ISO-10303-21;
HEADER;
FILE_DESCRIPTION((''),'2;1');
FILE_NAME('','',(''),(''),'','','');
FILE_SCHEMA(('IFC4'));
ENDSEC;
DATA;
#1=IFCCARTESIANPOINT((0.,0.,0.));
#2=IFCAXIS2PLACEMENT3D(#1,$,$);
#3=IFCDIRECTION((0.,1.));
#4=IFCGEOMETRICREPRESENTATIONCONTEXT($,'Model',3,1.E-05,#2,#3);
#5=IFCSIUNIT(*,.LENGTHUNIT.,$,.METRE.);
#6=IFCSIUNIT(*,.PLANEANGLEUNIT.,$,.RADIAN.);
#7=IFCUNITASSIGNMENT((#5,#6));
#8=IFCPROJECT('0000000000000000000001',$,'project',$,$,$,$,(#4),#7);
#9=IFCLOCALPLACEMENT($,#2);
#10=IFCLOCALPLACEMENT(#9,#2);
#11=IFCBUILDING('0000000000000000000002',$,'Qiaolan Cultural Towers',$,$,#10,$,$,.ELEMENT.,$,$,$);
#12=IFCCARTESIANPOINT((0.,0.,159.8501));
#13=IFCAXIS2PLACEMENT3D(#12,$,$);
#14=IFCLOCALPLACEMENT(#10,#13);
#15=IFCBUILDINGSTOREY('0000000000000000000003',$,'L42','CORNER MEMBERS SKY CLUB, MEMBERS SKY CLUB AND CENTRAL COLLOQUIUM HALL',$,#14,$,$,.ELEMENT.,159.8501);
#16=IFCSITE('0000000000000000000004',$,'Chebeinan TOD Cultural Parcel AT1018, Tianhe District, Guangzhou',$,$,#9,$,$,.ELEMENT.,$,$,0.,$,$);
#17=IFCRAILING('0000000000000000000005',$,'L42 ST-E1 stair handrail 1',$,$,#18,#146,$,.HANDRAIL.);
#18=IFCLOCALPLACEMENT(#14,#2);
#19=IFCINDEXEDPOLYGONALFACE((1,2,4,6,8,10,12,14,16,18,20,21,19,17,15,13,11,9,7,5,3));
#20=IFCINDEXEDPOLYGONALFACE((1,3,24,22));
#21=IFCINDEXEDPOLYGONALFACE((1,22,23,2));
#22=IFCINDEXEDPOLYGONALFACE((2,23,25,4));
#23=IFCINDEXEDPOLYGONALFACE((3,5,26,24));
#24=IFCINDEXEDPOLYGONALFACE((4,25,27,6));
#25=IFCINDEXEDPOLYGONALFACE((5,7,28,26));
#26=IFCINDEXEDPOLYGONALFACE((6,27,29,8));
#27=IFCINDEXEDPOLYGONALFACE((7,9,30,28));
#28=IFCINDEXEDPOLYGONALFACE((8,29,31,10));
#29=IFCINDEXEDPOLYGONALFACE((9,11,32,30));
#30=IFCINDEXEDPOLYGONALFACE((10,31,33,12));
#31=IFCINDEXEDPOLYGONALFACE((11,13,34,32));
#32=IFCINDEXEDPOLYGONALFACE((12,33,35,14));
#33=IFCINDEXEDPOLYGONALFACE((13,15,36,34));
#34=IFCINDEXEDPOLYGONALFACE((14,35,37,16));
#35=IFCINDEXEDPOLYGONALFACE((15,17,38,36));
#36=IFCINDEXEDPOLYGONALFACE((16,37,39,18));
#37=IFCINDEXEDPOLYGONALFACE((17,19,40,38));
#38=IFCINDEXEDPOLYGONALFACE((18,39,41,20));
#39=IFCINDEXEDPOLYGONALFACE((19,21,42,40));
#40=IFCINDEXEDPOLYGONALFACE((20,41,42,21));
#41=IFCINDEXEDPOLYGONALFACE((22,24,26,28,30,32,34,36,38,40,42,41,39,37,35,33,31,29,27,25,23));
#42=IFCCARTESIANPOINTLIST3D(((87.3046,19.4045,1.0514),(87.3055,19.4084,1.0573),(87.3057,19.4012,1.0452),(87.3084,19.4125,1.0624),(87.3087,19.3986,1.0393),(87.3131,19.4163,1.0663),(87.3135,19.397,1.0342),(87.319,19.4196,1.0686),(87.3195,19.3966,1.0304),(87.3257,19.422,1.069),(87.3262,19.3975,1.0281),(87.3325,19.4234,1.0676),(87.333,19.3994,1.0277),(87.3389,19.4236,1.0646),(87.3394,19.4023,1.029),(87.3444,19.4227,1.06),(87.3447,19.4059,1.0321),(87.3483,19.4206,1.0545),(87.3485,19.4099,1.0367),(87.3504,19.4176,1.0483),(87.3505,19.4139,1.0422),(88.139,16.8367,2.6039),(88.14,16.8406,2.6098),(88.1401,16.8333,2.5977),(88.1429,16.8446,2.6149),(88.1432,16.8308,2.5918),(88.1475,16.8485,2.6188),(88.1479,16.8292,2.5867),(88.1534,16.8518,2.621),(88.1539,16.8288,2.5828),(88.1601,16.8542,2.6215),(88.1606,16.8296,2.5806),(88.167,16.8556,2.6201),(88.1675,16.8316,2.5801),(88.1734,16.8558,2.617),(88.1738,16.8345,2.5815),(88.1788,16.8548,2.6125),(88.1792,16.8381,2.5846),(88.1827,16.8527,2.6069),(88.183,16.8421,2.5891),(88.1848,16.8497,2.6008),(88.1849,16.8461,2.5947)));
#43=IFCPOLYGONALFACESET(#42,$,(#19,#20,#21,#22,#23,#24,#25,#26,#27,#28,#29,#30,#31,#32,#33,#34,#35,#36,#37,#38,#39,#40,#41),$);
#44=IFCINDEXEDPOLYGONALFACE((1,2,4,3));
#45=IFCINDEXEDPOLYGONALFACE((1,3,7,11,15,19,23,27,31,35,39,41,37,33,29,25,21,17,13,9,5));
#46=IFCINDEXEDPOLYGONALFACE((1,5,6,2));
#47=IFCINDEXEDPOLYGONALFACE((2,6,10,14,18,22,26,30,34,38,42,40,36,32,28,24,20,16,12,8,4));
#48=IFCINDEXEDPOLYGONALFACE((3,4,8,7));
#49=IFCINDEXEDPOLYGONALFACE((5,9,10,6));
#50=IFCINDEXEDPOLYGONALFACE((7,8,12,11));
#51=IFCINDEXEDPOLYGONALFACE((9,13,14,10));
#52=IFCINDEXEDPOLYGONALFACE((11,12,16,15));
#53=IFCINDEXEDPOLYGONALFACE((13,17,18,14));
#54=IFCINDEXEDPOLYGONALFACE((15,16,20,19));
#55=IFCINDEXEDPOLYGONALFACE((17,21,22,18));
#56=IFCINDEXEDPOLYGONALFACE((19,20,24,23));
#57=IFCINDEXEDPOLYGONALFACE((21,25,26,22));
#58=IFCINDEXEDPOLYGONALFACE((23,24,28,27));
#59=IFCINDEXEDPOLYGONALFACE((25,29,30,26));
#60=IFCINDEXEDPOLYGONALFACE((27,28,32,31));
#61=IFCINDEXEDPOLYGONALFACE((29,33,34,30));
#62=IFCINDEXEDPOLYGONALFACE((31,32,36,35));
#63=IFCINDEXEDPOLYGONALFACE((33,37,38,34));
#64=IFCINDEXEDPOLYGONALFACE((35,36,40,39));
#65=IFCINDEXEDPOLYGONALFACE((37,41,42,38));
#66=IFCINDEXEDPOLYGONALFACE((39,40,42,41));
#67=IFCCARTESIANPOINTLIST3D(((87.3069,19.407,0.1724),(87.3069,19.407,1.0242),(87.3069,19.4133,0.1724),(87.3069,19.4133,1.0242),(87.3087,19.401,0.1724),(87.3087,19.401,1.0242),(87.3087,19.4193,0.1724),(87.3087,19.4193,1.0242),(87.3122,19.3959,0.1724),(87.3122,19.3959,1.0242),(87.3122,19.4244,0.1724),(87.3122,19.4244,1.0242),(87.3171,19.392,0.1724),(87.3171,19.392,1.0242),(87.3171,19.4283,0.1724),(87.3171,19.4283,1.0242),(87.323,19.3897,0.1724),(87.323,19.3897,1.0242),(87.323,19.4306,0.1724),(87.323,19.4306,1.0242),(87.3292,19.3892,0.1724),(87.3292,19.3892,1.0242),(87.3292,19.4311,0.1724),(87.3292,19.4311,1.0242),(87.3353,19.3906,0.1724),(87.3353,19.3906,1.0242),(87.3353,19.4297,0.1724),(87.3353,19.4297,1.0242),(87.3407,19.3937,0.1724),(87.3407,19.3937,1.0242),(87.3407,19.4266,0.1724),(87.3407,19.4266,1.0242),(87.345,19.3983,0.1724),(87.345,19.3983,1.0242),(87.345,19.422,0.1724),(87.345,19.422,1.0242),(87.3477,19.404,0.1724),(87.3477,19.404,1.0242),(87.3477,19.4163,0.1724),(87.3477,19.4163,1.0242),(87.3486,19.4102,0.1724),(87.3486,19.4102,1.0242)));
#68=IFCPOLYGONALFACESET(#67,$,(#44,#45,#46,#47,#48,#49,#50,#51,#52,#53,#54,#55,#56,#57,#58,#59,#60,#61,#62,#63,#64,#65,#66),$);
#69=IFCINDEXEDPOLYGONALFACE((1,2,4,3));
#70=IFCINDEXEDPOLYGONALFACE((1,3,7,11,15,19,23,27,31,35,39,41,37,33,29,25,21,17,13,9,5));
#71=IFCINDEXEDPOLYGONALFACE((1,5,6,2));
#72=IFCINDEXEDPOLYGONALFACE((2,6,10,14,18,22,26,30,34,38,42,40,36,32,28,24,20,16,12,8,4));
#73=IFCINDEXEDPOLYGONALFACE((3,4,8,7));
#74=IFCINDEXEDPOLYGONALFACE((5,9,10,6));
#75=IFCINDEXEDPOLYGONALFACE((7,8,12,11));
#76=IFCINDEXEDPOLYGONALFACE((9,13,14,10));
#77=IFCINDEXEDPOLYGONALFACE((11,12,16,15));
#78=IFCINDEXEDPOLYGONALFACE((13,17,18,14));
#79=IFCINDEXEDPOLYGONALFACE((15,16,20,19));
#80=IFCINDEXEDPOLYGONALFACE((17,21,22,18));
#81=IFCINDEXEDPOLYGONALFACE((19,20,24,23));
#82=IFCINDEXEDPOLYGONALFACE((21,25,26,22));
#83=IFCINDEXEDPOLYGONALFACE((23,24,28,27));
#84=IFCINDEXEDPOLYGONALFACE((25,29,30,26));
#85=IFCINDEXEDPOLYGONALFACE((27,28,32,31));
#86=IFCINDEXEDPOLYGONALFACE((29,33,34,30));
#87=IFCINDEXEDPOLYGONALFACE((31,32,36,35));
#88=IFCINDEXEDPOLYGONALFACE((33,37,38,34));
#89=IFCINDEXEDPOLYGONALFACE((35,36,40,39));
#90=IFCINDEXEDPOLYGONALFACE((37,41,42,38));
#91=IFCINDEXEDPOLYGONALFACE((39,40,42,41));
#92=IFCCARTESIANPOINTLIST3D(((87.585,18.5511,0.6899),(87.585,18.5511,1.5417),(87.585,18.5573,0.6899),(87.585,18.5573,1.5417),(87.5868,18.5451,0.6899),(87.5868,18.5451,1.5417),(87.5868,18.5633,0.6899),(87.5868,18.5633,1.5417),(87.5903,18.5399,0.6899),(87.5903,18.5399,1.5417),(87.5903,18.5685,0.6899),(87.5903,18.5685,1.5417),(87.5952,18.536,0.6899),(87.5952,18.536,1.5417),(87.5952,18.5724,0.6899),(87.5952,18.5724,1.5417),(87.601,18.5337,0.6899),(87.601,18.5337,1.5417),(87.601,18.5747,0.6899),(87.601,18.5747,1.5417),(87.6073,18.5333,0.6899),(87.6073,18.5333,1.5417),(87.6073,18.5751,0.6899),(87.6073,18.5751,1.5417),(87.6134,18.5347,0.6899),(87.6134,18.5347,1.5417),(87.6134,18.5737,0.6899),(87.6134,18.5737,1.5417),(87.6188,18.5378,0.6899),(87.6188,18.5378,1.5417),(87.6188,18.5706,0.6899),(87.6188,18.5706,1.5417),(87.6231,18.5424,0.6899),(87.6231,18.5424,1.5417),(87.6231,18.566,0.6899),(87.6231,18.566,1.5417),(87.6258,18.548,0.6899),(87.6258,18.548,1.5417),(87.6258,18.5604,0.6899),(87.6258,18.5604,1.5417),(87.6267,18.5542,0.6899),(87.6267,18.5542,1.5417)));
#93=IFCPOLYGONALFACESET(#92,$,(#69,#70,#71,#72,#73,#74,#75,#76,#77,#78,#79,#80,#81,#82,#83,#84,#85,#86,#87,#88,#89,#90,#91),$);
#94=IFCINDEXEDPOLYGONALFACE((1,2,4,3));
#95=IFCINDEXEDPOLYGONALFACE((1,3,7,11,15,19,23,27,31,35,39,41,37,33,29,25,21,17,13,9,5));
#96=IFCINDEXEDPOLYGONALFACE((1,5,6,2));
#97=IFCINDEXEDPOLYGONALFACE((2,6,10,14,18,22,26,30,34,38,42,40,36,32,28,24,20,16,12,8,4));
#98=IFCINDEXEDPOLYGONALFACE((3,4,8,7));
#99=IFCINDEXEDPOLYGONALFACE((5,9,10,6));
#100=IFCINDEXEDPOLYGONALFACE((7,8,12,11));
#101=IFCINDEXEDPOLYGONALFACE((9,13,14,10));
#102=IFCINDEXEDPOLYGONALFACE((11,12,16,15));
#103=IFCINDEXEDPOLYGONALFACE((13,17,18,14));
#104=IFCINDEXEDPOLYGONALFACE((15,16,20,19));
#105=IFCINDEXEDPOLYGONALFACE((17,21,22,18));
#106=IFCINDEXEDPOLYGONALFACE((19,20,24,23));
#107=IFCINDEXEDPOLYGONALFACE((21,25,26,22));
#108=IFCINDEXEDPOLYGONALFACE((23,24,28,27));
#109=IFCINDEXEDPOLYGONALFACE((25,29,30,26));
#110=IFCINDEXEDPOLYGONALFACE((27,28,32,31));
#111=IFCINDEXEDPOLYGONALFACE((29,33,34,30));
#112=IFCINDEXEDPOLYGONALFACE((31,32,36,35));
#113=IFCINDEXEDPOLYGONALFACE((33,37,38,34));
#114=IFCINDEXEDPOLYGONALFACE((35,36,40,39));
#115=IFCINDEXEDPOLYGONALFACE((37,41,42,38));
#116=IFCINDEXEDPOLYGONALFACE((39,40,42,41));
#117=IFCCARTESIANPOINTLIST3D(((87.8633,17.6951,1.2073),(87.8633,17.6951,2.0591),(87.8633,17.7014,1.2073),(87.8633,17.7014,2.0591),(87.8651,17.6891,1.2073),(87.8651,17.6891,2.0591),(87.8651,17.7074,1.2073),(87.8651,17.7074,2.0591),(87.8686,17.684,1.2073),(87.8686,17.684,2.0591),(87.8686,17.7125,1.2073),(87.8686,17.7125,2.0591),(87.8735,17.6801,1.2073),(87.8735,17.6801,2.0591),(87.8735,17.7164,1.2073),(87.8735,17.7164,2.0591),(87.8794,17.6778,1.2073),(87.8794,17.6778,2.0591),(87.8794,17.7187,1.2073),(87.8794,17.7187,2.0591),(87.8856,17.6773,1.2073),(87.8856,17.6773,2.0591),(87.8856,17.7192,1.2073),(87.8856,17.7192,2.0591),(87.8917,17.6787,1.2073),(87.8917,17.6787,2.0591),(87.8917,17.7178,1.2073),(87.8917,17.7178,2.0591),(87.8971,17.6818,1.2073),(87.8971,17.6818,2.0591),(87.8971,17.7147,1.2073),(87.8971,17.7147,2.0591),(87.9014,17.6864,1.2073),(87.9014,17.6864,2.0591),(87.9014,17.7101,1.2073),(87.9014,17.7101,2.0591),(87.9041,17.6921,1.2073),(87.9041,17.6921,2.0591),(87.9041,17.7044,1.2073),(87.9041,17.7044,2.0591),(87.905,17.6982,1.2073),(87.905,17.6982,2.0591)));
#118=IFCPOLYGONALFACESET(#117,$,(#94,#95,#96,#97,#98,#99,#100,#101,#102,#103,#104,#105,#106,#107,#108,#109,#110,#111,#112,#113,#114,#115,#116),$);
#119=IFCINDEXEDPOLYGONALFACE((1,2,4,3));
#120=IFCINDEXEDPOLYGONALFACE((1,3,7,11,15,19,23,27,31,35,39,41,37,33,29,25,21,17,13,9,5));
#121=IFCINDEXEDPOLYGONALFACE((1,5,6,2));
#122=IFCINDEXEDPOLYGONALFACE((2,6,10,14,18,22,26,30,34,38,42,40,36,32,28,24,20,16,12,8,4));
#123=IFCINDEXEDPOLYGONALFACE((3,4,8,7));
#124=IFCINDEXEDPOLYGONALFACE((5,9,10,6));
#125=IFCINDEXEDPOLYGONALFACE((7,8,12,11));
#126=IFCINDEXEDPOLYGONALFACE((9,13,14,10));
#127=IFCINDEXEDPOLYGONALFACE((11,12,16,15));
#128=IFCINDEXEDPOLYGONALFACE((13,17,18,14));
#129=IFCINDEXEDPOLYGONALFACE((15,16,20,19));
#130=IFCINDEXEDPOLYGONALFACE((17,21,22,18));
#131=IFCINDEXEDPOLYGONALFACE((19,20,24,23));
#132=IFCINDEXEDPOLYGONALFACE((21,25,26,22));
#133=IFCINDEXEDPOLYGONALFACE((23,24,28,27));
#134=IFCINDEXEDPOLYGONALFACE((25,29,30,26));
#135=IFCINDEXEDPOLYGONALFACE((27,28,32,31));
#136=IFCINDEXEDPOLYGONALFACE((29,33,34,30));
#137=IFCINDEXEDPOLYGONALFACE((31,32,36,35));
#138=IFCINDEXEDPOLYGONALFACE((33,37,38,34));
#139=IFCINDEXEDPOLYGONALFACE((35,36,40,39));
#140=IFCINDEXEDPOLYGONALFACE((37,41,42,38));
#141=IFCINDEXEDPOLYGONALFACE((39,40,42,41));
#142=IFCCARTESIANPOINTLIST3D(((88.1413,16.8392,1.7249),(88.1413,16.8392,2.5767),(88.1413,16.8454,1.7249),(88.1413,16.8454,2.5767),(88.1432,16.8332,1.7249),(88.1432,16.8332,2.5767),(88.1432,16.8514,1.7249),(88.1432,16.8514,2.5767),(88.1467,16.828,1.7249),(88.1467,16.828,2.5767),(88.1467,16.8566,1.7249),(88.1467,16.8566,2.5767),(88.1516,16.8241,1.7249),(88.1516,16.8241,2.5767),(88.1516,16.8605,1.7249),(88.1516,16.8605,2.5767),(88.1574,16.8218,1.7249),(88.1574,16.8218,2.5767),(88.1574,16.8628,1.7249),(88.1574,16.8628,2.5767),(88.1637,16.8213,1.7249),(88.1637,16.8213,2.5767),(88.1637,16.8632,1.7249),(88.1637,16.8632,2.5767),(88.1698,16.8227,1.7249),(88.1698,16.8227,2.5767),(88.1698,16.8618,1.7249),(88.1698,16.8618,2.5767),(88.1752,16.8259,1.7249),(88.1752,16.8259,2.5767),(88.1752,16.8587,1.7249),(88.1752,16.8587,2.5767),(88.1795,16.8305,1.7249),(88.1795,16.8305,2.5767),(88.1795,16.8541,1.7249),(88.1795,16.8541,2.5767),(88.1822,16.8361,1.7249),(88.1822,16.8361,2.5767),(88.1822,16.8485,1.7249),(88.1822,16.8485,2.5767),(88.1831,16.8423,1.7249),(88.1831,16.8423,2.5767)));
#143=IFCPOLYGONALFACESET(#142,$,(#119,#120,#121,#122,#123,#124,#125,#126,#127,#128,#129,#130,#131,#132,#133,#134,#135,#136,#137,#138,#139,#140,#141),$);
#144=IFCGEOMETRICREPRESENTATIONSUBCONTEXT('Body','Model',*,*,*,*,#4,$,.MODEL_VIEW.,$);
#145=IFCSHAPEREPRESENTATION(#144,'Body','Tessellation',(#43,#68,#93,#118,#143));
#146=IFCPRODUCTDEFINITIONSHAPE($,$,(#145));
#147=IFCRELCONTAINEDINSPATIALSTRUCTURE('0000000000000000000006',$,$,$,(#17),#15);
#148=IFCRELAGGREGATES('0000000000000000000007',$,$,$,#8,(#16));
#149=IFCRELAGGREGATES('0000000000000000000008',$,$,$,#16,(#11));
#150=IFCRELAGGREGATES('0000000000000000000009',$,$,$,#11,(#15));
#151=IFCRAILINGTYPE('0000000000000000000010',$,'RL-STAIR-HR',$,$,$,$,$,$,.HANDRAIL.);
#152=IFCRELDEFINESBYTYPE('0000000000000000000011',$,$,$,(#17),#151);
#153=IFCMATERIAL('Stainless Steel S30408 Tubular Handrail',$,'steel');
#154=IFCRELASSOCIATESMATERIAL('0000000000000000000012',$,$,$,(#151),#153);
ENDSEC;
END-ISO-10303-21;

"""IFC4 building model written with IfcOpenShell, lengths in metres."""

from ifc_helpers import new_model, si_unit, direction, frame, origin, origin_2d, place, context, subcontext, project, spatial, circle, extrude, material, type_object, element, save


model = new_model("IFC4")

# Units and contexts
model_context = context("Model", 3, precision=1e-05, world=origin(), true_north=direction((0.0, 1.0)))
body_context = subcontext(model_context, "Body", "Model", "MODEL_VIEW")
ifc_project = project(units=[si_unit("LENGTHUNIT", "METRE"), si_unit("PLANEANGLEUNIT", "RADIAN")], contexts=[model_context])

# Site, building, storey
site_placement = place(None, origin())
site = spatial("IfcSite", under=ifc_project, at=site_placement, Name="Chebeinan TOD Cultural Parcel AT1018, Tianhe District, Guangzhou", CompositionType="ELEMENT", RefElevation=0.0)
building_placement = place(site_placement, origin())
building = spatial("IfcBuilding", under=site, at=building_placement, Name="Qiaolan Cultural Towers", CompositionType="ELEMENT")
storey_placement = place(building_placement, frame((0.0, 0.0, 159.8501)))
storey = spatial("IfcBuildingStorey", under=building, at=storey_placement, Name="L42", Description="CORNER MEMBERS SKY CLUB, MEMBERS SKY CLUB AND CENTRAL COLLOQUIUM HALL", CompositionType="ELEMENT", Elevation=159.8501)

# Railing
ifc_material_1 = material(Name="Stainless Steel S30408 Tubular Handrail", Category="steel")
railing_type_1 = type_object("IfcRailingType", Name="RL-STAIR-HR", PredefinedType="HANDRAIL", material=ifc_material_1)
railing_1_placement = place(storey_placement, frame((87.3276, 19.4102, 0.1724)))
element("IfcRailing", 1, at=railing_1_placement, inside=storey, type_object=railing_type_1, Name="L42 ST-E1 stair handrail 1", PredefinedType="HANDRAIL", context=body_context, shape_type="SweptSolid", body=[
    extrude(circle(Radius=0.0239, at=origin_2d()), frame((0.0, 0.0, 0.876), z_axis=(0.267926, -0.824471, 0.498461), x_axis=(0.951043, 0.309057, 0.0)), (0.0, 0.0, 1.0), 3.1145),
    extrude(circle(Radius=0.021, at=origin_2d()), origin(), (0.0, 0.0, 1.0), 0.8518),
    extrude(circle(Radius=0.021, at=origin_2d()), frame((0.2781, -0.856, 0.5176)), (0.0, 0.0, 1.0), 0.8518),
    extrude(circle(Radius=0.021, at=origin_2d()), frame((0.5564, -1.7119, 1.0349)), (0.0, 0.0, 1.0), 0.8518),
    extrude(circle(Radius=0.021, at=origin_2d()), frame((0.8345, -2.5679, 1.5525)), (0.0, 0.0, 1.0), 0.8518),
])

save(model, "model.ifc")
